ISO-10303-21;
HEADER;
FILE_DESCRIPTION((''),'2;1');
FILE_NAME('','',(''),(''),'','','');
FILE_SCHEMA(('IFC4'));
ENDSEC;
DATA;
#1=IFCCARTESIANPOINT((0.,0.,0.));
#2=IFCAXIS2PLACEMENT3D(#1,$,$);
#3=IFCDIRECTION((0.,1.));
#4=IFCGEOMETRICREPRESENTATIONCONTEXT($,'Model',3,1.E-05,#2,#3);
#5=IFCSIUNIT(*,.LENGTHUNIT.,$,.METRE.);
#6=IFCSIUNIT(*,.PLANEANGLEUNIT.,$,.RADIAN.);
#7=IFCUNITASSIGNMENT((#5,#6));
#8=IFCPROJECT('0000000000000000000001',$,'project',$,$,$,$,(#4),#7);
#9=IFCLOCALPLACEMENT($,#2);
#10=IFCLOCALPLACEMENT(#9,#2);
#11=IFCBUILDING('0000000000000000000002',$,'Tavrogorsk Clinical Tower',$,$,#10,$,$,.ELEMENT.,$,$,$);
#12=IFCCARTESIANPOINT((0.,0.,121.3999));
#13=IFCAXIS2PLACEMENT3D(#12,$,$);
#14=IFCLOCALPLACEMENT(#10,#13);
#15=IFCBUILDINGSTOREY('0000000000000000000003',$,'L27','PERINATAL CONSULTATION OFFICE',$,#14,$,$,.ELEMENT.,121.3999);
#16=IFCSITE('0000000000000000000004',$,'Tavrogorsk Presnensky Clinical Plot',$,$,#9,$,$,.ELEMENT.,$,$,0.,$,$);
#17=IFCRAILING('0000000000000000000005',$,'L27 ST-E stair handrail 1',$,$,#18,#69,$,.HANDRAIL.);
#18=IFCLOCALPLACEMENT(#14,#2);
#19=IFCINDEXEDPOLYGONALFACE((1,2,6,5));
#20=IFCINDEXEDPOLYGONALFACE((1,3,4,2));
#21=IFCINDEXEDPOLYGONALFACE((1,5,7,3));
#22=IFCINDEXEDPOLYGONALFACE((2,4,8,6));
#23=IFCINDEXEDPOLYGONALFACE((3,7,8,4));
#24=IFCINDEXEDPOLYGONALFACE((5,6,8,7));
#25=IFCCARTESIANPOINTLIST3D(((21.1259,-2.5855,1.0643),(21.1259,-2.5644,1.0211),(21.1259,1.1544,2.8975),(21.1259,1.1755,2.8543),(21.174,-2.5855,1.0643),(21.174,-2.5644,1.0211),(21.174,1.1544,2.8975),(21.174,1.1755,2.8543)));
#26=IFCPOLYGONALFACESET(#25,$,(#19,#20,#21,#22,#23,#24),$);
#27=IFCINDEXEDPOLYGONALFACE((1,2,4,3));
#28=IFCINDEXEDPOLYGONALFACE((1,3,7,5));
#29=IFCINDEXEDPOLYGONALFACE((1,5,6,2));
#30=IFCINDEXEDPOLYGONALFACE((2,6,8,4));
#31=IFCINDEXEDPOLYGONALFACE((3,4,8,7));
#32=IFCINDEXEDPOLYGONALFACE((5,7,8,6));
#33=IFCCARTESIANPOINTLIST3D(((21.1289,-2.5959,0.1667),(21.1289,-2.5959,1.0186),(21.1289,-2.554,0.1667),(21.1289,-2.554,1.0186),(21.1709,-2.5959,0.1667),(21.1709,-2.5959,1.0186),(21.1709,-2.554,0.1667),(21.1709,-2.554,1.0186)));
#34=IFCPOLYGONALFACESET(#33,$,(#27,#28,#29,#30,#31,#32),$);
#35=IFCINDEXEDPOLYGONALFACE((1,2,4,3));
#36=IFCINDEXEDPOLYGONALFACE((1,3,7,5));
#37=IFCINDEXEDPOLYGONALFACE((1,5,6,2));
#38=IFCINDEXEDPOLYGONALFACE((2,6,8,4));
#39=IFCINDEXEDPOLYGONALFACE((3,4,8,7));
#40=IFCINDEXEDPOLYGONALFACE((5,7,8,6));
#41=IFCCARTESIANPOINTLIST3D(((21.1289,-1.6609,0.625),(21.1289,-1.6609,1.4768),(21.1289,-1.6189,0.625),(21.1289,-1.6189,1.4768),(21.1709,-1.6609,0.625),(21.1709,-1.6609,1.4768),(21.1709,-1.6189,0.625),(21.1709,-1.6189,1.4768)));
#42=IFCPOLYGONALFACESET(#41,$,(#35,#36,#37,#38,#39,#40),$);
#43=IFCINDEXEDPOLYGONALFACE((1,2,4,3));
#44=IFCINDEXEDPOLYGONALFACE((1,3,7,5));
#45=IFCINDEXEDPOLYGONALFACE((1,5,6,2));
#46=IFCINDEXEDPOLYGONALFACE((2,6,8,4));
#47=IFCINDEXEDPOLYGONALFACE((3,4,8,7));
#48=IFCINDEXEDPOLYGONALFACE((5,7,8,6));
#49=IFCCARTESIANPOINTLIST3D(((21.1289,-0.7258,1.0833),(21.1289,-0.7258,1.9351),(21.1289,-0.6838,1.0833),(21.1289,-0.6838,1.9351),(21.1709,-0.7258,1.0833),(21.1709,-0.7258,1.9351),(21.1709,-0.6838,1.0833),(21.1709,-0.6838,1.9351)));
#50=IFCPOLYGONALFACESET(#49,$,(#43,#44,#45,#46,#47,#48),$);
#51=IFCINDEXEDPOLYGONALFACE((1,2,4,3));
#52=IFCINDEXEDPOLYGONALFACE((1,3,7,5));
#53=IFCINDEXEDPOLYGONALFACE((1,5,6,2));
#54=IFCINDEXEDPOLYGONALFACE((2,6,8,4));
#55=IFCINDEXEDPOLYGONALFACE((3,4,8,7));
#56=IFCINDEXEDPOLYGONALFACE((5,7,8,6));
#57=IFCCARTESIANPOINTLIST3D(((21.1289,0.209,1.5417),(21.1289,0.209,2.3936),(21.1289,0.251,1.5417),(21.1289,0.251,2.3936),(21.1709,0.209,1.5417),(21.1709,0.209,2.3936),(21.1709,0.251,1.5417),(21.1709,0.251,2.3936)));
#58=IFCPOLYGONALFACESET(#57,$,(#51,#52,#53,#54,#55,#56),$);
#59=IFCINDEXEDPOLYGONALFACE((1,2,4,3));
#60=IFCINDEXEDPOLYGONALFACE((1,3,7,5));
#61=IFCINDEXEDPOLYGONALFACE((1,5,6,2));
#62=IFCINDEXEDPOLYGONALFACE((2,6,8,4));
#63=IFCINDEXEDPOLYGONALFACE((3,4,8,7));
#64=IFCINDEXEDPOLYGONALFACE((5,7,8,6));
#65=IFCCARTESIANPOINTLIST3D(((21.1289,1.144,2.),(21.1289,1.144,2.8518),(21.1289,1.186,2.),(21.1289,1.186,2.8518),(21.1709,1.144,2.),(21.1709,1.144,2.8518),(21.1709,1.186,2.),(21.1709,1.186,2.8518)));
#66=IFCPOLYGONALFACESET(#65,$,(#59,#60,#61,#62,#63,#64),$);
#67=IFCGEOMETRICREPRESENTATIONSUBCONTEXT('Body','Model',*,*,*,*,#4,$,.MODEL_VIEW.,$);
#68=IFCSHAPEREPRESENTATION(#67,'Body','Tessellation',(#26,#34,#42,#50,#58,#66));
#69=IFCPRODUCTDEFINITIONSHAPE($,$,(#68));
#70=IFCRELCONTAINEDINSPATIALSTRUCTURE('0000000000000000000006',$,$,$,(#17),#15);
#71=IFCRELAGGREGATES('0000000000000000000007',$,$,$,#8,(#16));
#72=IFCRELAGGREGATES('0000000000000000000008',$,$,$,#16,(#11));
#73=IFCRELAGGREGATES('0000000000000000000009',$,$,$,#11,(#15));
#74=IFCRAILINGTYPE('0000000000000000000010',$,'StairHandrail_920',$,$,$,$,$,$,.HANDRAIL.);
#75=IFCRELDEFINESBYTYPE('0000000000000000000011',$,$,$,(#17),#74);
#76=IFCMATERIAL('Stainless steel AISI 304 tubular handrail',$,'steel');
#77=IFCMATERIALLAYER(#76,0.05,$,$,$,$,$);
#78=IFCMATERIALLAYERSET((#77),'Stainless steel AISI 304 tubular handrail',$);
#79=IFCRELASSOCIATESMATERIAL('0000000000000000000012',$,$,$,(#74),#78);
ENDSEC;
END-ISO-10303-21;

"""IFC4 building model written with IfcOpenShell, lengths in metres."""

from ifc_helpers import new_model, si_unit, direction, frame, origin, origin_2d, place, context, subcontext, project, spatial, rectangle, extrude, material, layer, layer_set, type_object, element, save


model = new_model("IFC4")

# Units and contexts
model_context = context("Model", 3, precision=1e-05, world=origin(), true_north=direction((0.0, 1.0)))
body_context = subcontext(model_context, "Body", "Model", "MODEL_VIEW")
ifc_project = project(units=[si_unit("LENGTHUNIT", "METRE"), si_unit("PLANEANGLEUNIT", "RADIAN")], contexts=[model_context])

# Site, building, storey
site_placement = place(None, origin())
site = spatial("IfcSite", under=ifc_project, at=site_placement, Name="Tavrogorsk Presnensky Clinical Plot", CompositionType="ELEMENT", RefElevation=0.0)
building_placement = place(site_placement, origin())
building = spatial("IfcBuilding", under=site, at=building_placement, Name="Tavrogorsk Clinical Tower", CompositionType="ELEMENT")
storey_placement = place(building_placement, frame((0.0, 0.0, 121.3999)))
storey = spatial("IfcBuildingStorey", under=building, at=storey_placement, Name="L27", Description="PERINATAL CONSULTATION OFFICE", CompositionType="ELEMENT", Elevation=121.3999)

# Railing
ifc_material_1 = material(Name="Stainless steel AISI 304 tubular handrail", Category="steel")
ifc_layer_1 = layer(ifc_material_1, 0.05)
ifc_layer_set_1 = layer_set([ifc_layer_1], Name="Stainless steel AISI 304 tubular handrail")
railing_type_1 = type_object("IfcRailingType", Name="StairHandrail_920", PredefinedType="HANDRAIL", material=ifc_layer_set_1)
railing_1_placement = place(storey_placement, frame((21.1499, -2.575, 0.1667)))
element("IfcRailing", 1, at=railing_1_placement, inside=storey, type_object=railing_type_1, Name="L27 ST-E stair handrail 1", PredefinedType="HANDRAIL", context=body_context, shape_type="SweptSolid", body=[
    extrude(rectangle(XDim=0.0481, YDim=0.0481, at=origin_2d()), frame((0.0, 0.0, 0.876), z_axis=(0.0, 0.897928, 0.440142), x_axis=(-1.0, 0.0, 0.0)), (0.0, 0.0, 1.0), 4.165),
    extrude(rectangle(XDim=0.042, YDim=0.042, at=origin_2d()), origin(), (0.0, 0.0, 1.0), 0.8518),
    extrude(rectangle(XDim=0.042, YDim=0.042, at=origin_2d()), frame((0.0, 0.9351, 0.4583)), (0.0, 0.0, 1.0), 0.8518),
    extrude(rectangle(XDim=0.042, YDim=0.042, at=origin_2d()), frame((0.0, 1.8701, 0.9165)), (0.0, 0.0, 1.0), 0.8518),
    extrude(rectangle(XDim=0.042, YDim=0.042, at=origin_2d()), frame((0.0, 2.8049, 1.375)), (0.0, 0.0, 1.0), 0.8518),
    extrude(rectangle(XDim=0.042, YDim=0.042, at=origin_2d()), frame((0.0, 3.74, 1.8333)), (0.0, 0.0, 1.0), 0.8518),
])

save(model, "model.ifc")
